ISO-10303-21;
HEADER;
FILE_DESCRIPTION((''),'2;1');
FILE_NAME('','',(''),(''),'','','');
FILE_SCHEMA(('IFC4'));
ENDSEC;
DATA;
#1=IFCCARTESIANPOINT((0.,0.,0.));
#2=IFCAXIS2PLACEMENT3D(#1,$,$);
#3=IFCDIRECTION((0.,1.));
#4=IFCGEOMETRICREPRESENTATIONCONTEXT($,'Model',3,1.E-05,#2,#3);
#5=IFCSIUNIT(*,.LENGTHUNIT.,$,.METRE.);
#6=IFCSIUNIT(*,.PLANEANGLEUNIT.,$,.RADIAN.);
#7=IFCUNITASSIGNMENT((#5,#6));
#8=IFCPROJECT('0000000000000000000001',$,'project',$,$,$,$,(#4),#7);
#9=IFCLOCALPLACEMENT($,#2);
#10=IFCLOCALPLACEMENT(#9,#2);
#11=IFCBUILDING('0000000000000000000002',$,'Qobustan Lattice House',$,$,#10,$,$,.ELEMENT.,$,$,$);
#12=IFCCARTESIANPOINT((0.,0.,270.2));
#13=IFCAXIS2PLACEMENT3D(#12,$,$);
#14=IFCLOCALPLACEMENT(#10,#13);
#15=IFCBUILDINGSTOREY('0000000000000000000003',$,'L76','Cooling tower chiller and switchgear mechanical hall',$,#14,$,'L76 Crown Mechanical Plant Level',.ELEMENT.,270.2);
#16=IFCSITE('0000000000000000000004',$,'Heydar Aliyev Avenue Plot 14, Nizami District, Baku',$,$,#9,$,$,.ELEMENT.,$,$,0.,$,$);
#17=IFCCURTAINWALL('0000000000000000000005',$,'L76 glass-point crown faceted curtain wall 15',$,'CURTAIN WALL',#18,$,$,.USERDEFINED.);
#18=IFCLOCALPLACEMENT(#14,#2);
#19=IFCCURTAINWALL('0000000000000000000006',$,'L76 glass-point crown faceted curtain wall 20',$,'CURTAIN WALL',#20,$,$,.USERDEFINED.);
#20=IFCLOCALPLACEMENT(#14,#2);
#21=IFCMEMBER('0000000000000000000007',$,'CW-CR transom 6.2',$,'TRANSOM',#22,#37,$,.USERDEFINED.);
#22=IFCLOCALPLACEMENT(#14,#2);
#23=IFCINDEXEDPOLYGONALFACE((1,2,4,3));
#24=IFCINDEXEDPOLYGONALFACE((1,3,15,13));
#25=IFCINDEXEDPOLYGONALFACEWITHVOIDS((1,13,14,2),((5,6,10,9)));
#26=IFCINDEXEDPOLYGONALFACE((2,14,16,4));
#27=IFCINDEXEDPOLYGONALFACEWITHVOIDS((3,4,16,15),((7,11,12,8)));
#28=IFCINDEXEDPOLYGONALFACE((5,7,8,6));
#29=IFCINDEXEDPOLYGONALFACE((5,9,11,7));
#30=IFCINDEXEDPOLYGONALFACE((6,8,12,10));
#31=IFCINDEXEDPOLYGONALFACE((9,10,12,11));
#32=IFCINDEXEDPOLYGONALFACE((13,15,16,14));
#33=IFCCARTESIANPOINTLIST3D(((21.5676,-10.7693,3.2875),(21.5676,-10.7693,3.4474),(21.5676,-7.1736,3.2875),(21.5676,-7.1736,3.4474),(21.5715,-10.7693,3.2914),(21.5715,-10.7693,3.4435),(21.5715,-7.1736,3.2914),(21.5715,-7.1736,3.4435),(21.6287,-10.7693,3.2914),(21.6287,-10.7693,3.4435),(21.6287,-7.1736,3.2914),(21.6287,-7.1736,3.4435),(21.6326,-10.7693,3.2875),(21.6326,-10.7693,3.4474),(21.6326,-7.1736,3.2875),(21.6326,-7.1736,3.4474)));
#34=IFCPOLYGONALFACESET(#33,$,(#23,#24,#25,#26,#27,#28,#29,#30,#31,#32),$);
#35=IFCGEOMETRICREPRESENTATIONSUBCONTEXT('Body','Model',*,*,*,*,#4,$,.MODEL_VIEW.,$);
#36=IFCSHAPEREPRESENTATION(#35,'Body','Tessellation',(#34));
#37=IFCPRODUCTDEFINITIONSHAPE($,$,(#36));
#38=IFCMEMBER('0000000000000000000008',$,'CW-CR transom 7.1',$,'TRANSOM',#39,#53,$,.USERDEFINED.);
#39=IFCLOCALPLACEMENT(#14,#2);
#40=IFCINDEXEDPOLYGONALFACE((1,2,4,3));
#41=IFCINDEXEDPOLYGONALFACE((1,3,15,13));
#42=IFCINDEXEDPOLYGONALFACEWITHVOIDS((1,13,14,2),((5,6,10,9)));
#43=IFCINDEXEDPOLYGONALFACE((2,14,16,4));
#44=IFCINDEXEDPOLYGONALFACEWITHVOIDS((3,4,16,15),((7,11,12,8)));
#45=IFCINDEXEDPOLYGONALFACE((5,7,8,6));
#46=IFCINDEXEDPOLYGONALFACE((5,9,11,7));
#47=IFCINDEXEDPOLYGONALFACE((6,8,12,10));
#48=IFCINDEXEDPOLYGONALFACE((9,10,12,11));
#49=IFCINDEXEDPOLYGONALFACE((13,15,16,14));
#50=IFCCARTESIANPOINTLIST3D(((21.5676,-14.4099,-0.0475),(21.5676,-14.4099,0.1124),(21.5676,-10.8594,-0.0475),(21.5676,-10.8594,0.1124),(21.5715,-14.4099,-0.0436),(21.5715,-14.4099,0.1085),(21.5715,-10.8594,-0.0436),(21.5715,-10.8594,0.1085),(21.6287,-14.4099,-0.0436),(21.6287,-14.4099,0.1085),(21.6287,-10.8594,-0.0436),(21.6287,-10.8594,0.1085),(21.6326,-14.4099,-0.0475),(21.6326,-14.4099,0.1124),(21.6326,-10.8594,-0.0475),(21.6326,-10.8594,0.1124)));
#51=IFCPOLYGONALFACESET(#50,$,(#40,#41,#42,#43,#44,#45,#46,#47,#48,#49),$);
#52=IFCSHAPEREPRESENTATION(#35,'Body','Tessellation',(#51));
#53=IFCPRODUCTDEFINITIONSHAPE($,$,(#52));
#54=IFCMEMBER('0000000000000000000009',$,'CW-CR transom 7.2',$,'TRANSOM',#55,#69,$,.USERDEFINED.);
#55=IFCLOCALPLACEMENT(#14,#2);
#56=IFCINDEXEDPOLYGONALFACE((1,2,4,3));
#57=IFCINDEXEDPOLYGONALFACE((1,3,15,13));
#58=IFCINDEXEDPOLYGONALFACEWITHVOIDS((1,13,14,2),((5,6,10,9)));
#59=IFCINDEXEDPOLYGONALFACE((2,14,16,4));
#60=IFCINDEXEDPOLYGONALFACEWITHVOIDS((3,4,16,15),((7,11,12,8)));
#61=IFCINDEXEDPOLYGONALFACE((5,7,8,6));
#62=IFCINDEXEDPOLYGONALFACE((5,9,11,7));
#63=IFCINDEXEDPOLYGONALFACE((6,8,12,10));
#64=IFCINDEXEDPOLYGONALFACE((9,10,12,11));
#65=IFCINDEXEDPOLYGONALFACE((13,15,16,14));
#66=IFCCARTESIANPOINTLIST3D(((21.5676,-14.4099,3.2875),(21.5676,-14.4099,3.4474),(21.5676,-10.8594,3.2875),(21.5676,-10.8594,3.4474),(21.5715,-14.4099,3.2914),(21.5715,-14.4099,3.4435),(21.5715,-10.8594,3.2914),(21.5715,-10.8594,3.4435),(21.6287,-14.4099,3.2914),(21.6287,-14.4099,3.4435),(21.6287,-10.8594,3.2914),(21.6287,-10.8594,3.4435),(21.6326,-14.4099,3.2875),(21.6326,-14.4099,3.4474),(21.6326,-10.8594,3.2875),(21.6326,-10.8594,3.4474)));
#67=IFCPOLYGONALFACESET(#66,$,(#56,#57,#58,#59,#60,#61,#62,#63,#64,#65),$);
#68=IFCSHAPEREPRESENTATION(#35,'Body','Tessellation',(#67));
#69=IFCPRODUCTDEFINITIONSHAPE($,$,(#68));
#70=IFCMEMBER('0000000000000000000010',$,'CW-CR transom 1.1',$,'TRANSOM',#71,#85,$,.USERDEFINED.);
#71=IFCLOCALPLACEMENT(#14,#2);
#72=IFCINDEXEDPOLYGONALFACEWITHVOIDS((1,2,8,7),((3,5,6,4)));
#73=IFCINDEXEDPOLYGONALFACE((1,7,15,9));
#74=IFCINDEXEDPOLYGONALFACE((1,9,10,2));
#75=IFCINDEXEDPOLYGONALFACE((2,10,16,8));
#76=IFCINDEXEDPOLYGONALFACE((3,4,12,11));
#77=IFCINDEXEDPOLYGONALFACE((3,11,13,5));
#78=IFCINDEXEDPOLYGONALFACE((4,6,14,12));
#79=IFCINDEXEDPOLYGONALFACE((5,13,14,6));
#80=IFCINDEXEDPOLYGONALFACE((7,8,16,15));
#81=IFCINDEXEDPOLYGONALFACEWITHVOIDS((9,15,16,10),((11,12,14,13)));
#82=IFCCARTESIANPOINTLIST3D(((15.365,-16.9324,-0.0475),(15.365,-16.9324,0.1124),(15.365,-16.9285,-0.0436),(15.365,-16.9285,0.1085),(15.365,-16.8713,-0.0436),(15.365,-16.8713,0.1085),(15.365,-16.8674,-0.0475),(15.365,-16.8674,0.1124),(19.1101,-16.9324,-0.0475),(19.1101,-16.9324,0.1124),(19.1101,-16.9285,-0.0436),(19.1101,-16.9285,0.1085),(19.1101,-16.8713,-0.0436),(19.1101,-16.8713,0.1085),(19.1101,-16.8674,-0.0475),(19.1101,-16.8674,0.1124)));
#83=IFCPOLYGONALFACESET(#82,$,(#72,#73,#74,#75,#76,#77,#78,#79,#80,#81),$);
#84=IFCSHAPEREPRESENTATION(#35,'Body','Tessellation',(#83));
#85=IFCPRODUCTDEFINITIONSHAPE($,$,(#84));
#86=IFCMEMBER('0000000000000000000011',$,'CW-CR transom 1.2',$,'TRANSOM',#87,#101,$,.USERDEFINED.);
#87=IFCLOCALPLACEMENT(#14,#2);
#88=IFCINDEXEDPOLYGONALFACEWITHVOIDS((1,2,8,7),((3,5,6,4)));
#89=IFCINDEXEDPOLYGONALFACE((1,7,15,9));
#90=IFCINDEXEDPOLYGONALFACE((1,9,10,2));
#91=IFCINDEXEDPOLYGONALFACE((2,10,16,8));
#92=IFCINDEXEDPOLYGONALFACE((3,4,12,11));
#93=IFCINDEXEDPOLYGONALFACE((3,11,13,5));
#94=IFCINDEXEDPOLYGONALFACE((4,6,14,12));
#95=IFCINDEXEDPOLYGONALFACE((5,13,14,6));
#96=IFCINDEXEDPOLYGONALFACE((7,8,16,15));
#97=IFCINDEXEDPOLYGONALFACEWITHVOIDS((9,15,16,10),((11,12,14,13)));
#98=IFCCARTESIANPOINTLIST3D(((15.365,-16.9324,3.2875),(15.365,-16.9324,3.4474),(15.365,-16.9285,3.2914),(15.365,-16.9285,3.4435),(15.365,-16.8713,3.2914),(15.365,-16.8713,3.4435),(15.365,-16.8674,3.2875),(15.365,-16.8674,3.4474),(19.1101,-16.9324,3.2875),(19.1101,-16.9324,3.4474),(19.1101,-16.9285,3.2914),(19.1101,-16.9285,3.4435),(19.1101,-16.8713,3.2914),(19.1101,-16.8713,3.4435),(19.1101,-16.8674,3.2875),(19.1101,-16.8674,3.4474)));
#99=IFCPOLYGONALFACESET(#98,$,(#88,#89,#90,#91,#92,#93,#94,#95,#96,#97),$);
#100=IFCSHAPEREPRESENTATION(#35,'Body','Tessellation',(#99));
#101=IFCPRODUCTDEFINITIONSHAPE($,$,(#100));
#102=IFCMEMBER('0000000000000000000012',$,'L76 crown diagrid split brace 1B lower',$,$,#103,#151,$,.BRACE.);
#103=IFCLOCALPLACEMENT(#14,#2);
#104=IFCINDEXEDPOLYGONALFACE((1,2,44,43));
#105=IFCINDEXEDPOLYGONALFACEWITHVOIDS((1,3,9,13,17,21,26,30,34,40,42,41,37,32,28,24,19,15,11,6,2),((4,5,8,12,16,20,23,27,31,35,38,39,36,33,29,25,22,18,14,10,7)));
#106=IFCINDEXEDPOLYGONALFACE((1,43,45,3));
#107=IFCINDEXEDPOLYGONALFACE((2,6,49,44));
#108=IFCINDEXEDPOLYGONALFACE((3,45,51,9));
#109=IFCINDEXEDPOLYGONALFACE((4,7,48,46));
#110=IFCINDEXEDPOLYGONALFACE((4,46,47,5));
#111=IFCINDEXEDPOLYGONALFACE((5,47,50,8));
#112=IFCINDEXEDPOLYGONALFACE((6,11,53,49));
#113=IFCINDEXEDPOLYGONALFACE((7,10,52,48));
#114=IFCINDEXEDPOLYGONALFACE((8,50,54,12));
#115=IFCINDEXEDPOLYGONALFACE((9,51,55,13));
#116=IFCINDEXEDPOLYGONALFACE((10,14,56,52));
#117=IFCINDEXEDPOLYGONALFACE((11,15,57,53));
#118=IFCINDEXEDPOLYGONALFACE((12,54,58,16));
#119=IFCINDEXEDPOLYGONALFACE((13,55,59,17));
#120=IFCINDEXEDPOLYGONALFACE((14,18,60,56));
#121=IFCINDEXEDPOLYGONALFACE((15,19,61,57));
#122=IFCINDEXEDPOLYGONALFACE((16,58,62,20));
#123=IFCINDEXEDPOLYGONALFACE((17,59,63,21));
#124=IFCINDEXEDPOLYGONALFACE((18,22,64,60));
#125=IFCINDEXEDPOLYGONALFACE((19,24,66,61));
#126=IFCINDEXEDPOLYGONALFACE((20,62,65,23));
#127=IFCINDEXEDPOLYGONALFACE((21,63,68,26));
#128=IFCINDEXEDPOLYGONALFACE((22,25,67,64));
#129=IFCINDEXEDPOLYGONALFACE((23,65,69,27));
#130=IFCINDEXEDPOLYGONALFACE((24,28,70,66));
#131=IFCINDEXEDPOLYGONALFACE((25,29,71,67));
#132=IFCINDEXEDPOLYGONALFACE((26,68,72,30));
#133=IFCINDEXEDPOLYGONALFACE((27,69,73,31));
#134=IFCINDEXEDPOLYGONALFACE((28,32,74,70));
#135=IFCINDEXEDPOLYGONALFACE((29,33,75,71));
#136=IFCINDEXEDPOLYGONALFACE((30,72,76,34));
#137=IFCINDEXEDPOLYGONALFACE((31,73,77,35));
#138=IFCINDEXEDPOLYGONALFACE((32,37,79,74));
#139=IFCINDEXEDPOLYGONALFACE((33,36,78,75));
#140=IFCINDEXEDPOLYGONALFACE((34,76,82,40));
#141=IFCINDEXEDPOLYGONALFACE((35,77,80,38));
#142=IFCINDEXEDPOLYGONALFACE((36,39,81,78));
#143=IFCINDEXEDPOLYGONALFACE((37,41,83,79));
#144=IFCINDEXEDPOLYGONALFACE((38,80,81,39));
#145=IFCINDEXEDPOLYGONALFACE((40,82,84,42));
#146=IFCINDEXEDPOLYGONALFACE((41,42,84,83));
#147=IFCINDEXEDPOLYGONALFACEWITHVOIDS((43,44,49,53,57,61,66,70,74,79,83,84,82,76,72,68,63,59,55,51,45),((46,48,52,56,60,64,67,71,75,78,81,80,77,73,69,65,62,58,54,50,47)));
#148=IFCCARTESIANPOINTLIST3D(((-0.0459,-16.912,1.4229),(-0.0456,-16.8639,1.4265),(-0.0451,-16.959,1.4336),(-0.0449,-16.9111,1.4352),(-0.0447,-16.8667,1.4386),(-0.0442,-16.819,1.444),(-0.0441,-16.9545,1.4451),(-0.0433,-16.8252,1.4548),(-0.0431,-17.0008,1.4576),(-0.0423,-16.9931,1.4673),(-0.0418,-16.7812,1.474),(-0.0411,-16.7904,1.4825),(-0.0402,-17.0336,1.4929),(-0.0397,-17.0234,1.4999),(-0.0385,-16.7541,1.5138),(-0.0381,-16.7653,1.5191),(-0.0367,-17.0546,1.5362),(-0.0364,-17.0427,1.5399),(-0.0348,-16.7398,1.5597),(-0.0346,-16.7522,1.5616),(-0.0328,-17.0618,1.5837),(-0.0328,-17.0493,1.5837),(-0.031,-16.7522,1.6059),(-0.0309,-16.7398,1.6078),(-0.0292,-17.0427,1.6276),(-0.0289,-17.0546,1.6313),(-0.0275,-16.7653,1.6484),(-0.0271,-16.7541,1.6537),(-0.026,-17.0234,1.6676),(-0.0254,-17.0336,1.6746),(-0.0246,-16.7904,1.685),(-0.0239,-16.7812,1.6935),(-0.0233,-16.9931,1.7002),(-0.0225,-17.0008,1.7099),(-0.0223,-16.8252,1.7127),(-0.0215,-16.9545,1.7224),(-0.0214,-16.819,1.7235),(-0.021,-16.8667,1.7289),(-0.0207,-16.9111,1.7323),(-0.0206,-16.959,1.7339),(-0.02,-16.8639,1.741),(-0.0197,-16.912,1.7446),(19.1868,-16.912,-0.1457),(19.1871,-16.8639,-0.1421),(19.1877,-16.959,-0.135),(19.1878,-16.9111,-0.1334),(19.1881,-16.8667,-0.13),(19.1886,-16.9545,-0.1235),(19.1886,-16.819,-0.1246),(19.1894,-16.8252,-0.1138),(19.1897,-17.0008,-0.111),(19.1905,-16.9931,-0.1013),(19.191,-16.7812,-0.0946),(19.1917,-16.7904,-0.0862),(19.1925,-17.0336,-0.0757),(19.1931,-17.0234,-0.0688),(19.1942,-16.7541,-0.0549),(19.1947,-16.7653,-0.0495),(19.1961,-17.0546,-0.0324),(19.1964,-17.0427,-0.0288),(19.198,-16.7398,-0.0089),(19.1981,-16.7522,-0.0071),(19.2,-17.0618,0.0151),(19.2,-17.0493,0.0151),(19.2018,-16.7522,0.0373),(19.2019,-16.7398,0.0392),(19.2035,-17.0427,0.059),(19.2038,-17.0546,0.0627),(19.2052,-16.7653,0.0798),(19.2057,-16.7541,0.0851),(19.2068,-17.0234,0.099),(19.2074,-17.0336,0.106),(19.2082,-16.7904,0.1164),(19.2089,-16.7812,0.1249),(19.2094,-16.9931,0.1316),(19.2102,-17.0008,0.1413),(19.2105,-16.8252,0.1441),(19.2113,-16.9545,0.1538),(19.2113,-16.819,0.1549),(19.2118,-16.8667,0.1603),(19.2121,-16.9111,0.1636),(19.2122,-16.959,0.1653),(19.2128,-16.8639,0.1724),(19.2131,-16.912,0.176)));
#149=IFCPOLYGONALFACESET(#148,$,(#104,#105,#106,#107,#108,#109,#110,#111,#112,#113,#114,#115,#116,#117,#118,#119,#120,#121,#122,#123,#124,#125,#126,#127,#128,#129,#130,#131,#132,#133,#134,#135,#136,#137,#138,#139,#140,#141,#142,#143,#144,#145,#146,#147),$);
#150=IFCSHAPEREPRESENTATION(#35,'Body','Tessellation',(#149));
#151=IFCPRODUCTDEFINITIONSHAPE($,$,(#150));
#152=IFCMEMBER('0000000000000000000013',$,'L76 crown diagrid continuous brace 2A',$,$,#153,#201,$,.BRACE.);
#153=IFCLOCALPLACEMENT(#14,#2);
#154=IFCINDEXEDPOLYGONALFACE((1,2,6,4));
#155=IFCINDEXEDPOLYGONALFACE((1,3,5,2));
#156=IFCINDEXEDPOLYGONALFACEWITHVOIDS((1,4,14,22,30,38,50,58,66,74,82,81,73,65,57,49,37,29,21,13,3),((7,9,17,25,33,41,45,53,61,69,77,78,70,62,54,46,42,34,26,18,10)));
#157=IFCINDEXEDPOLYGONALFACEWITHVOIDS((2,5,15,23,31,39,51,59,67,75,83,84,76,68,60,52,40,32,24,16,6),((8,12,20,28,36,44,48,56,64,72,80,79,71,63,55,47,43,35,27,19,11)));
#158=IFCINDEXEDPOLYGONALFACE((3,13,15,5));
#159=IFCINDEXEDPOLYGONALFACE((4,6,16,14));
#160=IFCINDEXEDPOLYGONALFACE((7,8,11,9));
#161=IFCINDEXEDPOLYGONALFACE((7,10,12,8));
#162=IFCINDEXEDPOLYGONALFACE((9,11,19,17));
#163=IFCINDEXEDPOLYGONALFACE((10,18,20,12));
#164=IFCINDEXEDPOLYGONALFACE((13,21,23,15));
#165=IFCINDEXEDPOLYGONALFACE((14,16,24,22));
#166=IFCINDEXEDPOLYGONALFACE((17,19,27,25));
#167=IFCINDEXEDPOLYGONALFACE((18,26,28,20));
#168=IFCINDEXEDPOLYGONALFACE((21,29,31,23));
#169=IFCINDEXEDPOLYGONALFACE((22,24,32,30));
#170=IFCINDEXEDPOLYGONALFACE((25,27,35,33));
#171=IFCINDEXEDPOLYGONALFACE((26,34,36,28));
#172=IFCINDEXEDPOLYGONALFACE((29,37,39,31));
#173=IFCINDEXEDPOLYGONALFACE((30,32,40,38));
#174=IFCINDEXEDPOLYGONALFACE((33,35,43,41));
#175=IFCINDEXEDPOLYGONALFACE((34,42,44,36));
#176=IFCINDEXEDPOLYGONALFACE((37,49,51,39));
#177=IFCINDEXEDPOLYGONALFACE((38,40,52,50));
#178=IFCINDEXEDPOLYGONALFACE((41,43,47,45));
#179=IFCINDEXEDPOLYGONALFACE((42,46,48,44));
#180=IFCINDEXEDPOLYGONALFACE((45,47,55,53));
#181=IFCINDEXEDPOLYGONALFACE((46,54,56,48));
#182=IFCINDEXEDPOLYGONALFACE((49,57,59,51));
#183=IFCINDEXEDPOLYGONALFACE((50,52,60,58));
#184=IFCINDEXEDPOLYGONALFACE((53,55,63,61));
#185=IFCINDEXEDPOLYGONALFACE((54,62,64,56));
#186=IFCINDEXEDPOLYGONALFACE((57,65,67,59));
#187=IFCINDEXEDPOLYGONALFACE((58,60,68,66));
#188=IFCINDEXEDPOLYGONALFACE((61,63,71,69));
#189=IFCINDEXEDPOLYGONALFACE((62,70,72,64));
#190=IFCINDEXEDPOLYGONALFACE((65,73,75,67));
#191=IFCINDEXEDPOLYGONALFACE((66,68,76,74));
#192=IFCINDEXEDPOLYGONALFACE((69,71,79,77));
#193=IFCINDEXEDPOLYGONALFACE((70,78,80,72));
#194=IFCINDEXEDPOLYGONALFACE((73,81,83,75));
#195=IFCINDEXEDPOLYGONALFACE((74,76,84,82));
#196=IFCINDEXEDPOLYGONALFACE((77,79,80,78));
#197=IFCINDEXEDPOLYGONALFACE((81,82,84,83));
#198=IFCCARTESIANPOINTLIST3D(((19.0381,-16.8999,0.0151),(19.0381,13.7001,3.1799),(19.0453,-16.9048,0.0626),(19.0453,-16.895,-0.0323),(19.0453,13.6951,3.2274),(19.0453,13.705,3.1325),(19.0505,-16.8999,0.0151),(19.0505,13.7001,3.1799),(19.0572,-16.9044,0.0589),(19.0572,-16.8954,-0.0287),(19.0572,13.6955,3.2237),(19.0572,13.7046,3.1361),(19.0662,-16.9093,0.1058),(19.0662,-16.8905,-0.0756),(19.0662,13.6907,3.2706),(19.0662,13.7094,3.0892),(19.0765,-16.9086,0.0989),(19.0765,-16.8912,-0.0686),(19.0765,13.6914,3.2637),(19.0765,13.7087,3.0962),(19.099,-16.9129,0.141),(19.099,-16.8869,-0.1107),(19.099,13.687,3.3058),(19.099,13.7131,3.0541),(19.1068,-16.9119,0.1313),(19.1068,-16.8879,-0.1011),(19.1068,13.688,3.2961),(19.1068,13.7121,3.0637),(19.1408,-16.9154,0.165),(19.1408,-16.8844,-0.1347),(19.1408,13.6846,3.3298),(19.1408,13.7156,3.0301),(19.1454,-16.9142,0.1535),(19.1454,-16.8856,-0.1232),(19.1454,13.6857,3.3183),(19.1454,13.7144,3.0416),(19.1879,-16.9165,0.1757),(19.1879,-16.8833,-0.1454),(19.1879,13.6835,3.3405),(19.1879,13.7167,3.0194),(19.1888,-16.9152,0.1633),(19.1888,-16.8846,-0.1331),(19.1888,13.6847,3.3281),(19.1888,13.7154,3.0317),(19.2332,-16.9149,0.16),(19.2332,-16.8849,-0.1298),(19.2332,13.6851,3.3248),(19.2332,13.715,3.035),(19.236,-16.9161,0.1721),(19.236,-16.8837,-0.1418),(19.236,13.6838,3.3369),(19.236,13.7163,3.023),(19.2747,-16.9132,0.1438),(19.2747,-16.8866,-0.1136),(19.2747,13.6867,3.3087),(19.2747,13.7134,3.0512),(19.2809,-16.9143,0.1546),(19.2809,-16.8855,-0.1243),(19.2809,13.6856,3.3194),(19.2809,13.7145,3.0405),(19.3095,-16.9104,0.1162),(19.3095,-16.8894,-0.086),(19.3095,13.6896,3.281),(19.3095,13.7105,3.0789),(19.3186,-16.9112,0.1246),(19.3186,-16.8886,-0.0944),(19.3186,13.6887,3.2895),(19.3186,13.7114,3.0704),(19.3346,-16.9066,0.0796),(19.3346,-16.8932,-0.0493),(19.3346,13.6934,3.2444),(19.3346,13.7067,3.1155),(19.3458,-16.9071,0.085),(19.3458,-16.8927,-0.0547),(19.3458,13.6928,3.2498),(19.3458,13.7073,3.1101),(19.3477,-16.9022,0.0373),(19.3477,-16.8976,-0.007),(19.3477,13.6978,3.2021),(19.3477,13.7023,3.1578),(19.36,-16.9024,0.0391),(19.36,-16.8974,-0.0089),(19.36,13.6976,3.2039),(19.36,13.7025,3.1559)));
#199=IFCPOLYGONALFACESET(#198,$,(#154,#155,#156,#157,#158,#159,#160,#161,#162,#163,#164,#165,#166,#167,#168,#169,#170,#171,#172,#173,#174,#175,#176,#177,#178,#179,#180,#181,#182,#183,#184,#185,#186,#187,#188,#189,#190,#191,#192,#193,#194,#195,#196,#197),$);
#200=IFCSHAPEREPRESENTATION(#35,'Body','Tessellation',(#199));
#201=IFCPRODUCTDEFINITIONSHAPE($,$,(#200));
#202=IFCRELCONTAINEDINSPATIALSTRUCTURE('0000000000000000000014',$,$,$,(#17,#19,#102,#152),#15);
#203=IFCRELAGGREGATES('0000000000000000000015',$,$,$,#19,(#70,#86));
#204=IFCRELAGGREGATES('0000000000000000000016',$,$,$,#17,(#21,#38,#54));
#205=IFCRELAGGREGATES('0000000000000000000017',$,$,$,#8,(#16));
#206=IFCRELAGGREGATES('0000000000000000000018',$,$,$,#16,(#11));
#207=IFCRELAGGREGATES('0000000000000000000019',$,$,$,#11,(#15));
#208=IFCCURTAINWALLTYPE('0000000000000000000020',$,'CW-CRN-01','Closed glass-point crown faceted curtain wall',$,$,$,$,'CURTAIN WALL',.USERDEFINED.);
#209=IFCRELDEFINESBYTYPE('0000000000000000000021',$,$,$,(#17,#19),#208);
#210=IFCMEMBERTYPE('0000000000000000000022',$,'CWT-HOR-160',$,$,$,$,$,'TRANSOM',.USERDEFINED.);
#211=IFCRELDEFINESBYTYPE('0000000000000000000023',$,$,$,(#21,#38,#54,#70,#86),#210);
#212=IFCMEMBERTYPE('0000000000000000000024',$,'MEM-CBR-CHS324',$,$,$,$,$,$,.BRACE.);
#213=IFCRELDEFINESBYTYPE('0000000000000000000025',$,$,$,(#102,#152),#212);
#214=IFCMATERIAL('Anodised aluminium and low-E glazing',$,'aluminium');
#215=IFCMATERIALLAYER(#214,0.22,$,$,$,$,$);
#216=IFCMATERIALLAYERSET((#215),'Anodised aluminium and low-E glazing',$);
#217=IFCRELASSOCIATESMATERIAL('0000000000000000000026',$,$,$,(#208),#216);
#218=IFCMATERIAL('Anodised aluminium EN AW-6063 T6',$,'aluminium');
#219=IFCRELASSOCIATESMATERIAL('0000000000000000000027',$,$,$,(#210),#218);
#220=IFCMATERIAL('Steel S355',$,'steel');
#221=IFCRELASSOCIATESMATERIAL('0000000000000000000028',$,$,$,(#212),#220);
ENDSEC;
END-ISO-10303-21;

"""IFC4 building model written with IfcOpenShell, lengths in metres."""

from ifc_helpers import new_model, si_unit, direction, frame, origin, origin_2d, place, context, subcontext, project, spatial, hollow_rectangle, hollow_circle, extrude, material, layer, layer_set, material_profile, profile_set, type_object, element, aggregate, save


model = new_model("IFC4")

# Units and contexts
model_context = context("Model", 3, precision=1e-05, world=origin(), true_north=direction((0.0, 1.0)))
body_context = subcontext(model_context, "Body", "Model", "MODEL_VIEW")
ifc_project = project(units=[si_unit("LENGTHUNIT", "METRE"), si_unit("PLANEANGLEUNIT", "RADIAN")], contexts=[model_context])

# Site, building, storey
site_placement = place(None, origin())
site = spatial("IfcSite", under=ifc_project, at=site_placement, Name="Heydar Aliyev Avenue Plot 14, Nizami District, Baku", CompositionType="ELEMENT", RefElevation=0.0)
building_placement = place(site_placement, origin())
building = spatial("IfcBuilding", under=site, at=building_placement, Name="Qobustan Lattice House", CompositionType="ELEMENT")
storey_placement = place(building_placement, frame((0.0, 0.0, 270.2)))
storey = spatial("IfcBuildingStorey", under=building, at=storey_placement, Name="L76", Description="Cooling tower chiller and switchgear mechanical hall", LongName="L76 Crown Mechanical Plant Level", CompositionType="ELEMENT", Elevation=270.2)

# Curtain wall
ifc_material_1 = material(Name="Anodised aluminium and low-E glazing", Category="aluminium")
ifc_layer_1 = layer(ifc_material_1, 0.22)
ifc_layer_set_1 = layer_set([ifc_layer_1], Name="Anodised aluminium and low-E glazing")
curtain_wall_type = type_object("IfcCurtainWallType", Name="CW-CRN-01", Description="Closed glass-point crown faceted curtain wall", ElementType="CURTAIN WALL", PredefinedType="USERDEFINED", material=ifc_layer_set_1)
curtain_wall_1_placement = place(storey_placement, origin())
curtain_wall_1 = element("IfcCurtainWall", 1, at=curtain_wall_1_placement, inside=storey, type_object=curtain_wall_type, Name="L76 glass-point crown faceted curtain wall 15", ObjectType="CURTAIN WALL", PredefinedType="USERDEFINED")

# Curtain wall
curtain_wall_2_placement = place(storey_placement, origin())
curtain_wall_2 = element("IfcCurtainWall", 2, at=curtain_wall_2_placement, inside=storey, type_object=curtain_wall_type, Name="L76 glass-point crown faceted curtain wall 20", ObjectType="CURTAIN WALL", PredefinedType="USERDEFINED")

# Members
ifc_material_2 = material(Name="Anodised aluminium EN AW-6063 T6", Category="aluminium")
ifc_material_profile_1 = material_profile(ifc_material_2, hollow_rectangle(XDim=0.0649, YDim=0.1599, WallThickness=0.0039, at=origin_2d()), Name="CWT-160x65")
ifc_profile_set_1 = profile_set([ifc_material_profile_1], Name="Anodised aluminium EN AW-6063 T6")
member_type_1 = type_object("IfcMemberType", Name="CWT-HOR-160", ElementType="TRANSOM", PredefinedType="USERDEFINED", material=ifc_profile_set_1)
member_1_placement = place(storey_placement, frame((21.6001, -7.1736, 3.3674), z_axis=(0.0, -1.0, 0.0), x_axis=(1.0, 0.0, 0.0)))
member_1 = element("IfcMember", 3, at=member_1_placement, type_object=member_type_1, Name="CW-CR transom 6.2", ObjectType="TRANSOM", PredefinedType="USERDEFINED", context=body_context, shape_type="SweptSolid", body=[
    extrude(hollow_rectangle(XDim=0.0649, YDim=0.1599, WallThickness=0.0039, at=origin_2d()), origin(), (0.0, 0.0, 1.0), 3.5957),
])
member_2_placement = place(storey_placement, frame((21.6001, -10.8594, 0.0325), z_axis=(0.0, -1.0, 0.0), x_axis=(1.0, 0.0, 0.0)))
member_2 = element("IfcMember", 4, at=member_2_placement, type_object=member_type_1, Name="CW-CR transom 7.1", ObjectType="TRANSOM", PredefinedType="USERDEFINED", context=body_context, shape_type="SweptSolid", body=[
    extrude(hollow_rectangle(XDim=0.0649, YDim=0.1599, WallThickness=0.0039, at=origin_2d()), origin(), (0.0, 0.0, 1.0), 3.5505),
])
member_3_placement = place(storey_placement, frame((21.6001, -10.8594, 3.3674), z_axis=(0.0, -1.0, 0.0), x_axis=(1.0, 0.0, 0.0)))
member_3 = element("IfcMember", 5, at=member_3_placement, type_object=member_type_1, Name="CW-CR transom 7.2", ObjectType="TRANSOM", PredefinedType="USERDEFINED", context=body_context, shape_type="SweptSolid", body=[
    extrude(hollow_rectangle(XDim=0.0649, YDim=0.1599, WallThickness=0.0039, at=origin_2d()), origin(), (0.0, 0.0, 1.0), 3.5505),
])
member_4_placement = place(storey_placement, frame((19.1101, -16.8999, 0.0325), z_axis=(-1.0, 0.0, 0.0), x_axis=(0.0, -1.0, 0.0)))
member_4 = element("IfcMember", 6, at=member_4_placement, type_object=member_type_1, Name="CW-CR transom 1.1", ObjectType="TRANSOM", PredefinedType="USERDEFINED", context=body_context, shape_type="SweptSolid", body=[
    extrude(hollow_rectangle(XDim=0.0649, YDim=0.1599, WallThickness=0.0039, at=origin_2d()), origin(), (0.0, 0.0, 1.0), 3.7451),
])
member_5_placement = place(storey_placement, frame((19.1101, -16.8999, 3.3674), z_axis=(-1.0, 0.0, 0.0), x_axis=(0.0, -1.0, 0.0)))
member_5 = element("IfcMember", 7, at=member_5_placement, type_object=member_type_1, Name="CW-CR transom 1.2", ObjectType="TRANSOM", PredefinedType="USERDEFINED", context=body_context, shape_type="SweptSolid", body=[
    extrude(hollow_rectangle(XDim=0.0649, YDim=0.1599, WallThickness=0.0039, at=origin_2d()), origin(), (0.0, 0.0, 1.0), 3.7451),
])
aggregate(curtain_wall_2, [member_4, member_5])

# Members
ifc_material_3 = material(Name="Steel S355", Category="steel")
ifc_material_profile_2 = material_profile(ifc_material_3, hollow_circle(Radius=0.1619, WallThickness=0.0125, at=origin_2d()), Name="CHS323.9x12.5")
ifc_profile_set_2 = profile_set([ifc_material_profile_2], Name="Steel S355")
member_type_2 = type_object("IfcMemberType", Name="MEM-CBR-CHS324", PredefinedType="BRACE", material=ifc_profile_set_2)
member_6_placement = place(storey_placement, frame((19.2, -16.8999, 0.0151), z_axis=(-0.996691, 0.0, 0.081289), x_axis=(0.0, -1.0, 0.0)))
element("IfcMember", 8, at=member_6_placement, inside=storey, type_object=member_type_2, Name="L76 crown diagrid split brace 1B lower", PredefinedType="BRACE", context=body_context, shape_type="SweptSolid", body=[
    extrude(hollow_circle(Radius=0.1619, WallThickness=0.0125, at=origin_2d()), origin(), (0.0, 0.0, 1.0), 19.2966),
])
member_7_placement = place(storey_placement, frame((19.2, -16.8999, 0.0151), z_axis=(0.0, 0.994694, 0.102876), x_axis=(-1.0, 0.0, 0.0)))
element("IfcMember", 9, at=member_7_placement, inside=storey, type_object=member_type_2, Name="L76 crown diagrid continuous brace 2A", PredefinedType="BRACE", context=body_context, shape_type="SweptSolid", body=[
    extrude(hollow_circle(Radius=0.1619, WallThickness=0.0125, at=origin_2d()), origin(), (0.0, 0.0, 1.0), 30.7632),
])

aggregate(curtain_wall_1, [member_1, member_2, member_3])

save(model, "model.ifc")
